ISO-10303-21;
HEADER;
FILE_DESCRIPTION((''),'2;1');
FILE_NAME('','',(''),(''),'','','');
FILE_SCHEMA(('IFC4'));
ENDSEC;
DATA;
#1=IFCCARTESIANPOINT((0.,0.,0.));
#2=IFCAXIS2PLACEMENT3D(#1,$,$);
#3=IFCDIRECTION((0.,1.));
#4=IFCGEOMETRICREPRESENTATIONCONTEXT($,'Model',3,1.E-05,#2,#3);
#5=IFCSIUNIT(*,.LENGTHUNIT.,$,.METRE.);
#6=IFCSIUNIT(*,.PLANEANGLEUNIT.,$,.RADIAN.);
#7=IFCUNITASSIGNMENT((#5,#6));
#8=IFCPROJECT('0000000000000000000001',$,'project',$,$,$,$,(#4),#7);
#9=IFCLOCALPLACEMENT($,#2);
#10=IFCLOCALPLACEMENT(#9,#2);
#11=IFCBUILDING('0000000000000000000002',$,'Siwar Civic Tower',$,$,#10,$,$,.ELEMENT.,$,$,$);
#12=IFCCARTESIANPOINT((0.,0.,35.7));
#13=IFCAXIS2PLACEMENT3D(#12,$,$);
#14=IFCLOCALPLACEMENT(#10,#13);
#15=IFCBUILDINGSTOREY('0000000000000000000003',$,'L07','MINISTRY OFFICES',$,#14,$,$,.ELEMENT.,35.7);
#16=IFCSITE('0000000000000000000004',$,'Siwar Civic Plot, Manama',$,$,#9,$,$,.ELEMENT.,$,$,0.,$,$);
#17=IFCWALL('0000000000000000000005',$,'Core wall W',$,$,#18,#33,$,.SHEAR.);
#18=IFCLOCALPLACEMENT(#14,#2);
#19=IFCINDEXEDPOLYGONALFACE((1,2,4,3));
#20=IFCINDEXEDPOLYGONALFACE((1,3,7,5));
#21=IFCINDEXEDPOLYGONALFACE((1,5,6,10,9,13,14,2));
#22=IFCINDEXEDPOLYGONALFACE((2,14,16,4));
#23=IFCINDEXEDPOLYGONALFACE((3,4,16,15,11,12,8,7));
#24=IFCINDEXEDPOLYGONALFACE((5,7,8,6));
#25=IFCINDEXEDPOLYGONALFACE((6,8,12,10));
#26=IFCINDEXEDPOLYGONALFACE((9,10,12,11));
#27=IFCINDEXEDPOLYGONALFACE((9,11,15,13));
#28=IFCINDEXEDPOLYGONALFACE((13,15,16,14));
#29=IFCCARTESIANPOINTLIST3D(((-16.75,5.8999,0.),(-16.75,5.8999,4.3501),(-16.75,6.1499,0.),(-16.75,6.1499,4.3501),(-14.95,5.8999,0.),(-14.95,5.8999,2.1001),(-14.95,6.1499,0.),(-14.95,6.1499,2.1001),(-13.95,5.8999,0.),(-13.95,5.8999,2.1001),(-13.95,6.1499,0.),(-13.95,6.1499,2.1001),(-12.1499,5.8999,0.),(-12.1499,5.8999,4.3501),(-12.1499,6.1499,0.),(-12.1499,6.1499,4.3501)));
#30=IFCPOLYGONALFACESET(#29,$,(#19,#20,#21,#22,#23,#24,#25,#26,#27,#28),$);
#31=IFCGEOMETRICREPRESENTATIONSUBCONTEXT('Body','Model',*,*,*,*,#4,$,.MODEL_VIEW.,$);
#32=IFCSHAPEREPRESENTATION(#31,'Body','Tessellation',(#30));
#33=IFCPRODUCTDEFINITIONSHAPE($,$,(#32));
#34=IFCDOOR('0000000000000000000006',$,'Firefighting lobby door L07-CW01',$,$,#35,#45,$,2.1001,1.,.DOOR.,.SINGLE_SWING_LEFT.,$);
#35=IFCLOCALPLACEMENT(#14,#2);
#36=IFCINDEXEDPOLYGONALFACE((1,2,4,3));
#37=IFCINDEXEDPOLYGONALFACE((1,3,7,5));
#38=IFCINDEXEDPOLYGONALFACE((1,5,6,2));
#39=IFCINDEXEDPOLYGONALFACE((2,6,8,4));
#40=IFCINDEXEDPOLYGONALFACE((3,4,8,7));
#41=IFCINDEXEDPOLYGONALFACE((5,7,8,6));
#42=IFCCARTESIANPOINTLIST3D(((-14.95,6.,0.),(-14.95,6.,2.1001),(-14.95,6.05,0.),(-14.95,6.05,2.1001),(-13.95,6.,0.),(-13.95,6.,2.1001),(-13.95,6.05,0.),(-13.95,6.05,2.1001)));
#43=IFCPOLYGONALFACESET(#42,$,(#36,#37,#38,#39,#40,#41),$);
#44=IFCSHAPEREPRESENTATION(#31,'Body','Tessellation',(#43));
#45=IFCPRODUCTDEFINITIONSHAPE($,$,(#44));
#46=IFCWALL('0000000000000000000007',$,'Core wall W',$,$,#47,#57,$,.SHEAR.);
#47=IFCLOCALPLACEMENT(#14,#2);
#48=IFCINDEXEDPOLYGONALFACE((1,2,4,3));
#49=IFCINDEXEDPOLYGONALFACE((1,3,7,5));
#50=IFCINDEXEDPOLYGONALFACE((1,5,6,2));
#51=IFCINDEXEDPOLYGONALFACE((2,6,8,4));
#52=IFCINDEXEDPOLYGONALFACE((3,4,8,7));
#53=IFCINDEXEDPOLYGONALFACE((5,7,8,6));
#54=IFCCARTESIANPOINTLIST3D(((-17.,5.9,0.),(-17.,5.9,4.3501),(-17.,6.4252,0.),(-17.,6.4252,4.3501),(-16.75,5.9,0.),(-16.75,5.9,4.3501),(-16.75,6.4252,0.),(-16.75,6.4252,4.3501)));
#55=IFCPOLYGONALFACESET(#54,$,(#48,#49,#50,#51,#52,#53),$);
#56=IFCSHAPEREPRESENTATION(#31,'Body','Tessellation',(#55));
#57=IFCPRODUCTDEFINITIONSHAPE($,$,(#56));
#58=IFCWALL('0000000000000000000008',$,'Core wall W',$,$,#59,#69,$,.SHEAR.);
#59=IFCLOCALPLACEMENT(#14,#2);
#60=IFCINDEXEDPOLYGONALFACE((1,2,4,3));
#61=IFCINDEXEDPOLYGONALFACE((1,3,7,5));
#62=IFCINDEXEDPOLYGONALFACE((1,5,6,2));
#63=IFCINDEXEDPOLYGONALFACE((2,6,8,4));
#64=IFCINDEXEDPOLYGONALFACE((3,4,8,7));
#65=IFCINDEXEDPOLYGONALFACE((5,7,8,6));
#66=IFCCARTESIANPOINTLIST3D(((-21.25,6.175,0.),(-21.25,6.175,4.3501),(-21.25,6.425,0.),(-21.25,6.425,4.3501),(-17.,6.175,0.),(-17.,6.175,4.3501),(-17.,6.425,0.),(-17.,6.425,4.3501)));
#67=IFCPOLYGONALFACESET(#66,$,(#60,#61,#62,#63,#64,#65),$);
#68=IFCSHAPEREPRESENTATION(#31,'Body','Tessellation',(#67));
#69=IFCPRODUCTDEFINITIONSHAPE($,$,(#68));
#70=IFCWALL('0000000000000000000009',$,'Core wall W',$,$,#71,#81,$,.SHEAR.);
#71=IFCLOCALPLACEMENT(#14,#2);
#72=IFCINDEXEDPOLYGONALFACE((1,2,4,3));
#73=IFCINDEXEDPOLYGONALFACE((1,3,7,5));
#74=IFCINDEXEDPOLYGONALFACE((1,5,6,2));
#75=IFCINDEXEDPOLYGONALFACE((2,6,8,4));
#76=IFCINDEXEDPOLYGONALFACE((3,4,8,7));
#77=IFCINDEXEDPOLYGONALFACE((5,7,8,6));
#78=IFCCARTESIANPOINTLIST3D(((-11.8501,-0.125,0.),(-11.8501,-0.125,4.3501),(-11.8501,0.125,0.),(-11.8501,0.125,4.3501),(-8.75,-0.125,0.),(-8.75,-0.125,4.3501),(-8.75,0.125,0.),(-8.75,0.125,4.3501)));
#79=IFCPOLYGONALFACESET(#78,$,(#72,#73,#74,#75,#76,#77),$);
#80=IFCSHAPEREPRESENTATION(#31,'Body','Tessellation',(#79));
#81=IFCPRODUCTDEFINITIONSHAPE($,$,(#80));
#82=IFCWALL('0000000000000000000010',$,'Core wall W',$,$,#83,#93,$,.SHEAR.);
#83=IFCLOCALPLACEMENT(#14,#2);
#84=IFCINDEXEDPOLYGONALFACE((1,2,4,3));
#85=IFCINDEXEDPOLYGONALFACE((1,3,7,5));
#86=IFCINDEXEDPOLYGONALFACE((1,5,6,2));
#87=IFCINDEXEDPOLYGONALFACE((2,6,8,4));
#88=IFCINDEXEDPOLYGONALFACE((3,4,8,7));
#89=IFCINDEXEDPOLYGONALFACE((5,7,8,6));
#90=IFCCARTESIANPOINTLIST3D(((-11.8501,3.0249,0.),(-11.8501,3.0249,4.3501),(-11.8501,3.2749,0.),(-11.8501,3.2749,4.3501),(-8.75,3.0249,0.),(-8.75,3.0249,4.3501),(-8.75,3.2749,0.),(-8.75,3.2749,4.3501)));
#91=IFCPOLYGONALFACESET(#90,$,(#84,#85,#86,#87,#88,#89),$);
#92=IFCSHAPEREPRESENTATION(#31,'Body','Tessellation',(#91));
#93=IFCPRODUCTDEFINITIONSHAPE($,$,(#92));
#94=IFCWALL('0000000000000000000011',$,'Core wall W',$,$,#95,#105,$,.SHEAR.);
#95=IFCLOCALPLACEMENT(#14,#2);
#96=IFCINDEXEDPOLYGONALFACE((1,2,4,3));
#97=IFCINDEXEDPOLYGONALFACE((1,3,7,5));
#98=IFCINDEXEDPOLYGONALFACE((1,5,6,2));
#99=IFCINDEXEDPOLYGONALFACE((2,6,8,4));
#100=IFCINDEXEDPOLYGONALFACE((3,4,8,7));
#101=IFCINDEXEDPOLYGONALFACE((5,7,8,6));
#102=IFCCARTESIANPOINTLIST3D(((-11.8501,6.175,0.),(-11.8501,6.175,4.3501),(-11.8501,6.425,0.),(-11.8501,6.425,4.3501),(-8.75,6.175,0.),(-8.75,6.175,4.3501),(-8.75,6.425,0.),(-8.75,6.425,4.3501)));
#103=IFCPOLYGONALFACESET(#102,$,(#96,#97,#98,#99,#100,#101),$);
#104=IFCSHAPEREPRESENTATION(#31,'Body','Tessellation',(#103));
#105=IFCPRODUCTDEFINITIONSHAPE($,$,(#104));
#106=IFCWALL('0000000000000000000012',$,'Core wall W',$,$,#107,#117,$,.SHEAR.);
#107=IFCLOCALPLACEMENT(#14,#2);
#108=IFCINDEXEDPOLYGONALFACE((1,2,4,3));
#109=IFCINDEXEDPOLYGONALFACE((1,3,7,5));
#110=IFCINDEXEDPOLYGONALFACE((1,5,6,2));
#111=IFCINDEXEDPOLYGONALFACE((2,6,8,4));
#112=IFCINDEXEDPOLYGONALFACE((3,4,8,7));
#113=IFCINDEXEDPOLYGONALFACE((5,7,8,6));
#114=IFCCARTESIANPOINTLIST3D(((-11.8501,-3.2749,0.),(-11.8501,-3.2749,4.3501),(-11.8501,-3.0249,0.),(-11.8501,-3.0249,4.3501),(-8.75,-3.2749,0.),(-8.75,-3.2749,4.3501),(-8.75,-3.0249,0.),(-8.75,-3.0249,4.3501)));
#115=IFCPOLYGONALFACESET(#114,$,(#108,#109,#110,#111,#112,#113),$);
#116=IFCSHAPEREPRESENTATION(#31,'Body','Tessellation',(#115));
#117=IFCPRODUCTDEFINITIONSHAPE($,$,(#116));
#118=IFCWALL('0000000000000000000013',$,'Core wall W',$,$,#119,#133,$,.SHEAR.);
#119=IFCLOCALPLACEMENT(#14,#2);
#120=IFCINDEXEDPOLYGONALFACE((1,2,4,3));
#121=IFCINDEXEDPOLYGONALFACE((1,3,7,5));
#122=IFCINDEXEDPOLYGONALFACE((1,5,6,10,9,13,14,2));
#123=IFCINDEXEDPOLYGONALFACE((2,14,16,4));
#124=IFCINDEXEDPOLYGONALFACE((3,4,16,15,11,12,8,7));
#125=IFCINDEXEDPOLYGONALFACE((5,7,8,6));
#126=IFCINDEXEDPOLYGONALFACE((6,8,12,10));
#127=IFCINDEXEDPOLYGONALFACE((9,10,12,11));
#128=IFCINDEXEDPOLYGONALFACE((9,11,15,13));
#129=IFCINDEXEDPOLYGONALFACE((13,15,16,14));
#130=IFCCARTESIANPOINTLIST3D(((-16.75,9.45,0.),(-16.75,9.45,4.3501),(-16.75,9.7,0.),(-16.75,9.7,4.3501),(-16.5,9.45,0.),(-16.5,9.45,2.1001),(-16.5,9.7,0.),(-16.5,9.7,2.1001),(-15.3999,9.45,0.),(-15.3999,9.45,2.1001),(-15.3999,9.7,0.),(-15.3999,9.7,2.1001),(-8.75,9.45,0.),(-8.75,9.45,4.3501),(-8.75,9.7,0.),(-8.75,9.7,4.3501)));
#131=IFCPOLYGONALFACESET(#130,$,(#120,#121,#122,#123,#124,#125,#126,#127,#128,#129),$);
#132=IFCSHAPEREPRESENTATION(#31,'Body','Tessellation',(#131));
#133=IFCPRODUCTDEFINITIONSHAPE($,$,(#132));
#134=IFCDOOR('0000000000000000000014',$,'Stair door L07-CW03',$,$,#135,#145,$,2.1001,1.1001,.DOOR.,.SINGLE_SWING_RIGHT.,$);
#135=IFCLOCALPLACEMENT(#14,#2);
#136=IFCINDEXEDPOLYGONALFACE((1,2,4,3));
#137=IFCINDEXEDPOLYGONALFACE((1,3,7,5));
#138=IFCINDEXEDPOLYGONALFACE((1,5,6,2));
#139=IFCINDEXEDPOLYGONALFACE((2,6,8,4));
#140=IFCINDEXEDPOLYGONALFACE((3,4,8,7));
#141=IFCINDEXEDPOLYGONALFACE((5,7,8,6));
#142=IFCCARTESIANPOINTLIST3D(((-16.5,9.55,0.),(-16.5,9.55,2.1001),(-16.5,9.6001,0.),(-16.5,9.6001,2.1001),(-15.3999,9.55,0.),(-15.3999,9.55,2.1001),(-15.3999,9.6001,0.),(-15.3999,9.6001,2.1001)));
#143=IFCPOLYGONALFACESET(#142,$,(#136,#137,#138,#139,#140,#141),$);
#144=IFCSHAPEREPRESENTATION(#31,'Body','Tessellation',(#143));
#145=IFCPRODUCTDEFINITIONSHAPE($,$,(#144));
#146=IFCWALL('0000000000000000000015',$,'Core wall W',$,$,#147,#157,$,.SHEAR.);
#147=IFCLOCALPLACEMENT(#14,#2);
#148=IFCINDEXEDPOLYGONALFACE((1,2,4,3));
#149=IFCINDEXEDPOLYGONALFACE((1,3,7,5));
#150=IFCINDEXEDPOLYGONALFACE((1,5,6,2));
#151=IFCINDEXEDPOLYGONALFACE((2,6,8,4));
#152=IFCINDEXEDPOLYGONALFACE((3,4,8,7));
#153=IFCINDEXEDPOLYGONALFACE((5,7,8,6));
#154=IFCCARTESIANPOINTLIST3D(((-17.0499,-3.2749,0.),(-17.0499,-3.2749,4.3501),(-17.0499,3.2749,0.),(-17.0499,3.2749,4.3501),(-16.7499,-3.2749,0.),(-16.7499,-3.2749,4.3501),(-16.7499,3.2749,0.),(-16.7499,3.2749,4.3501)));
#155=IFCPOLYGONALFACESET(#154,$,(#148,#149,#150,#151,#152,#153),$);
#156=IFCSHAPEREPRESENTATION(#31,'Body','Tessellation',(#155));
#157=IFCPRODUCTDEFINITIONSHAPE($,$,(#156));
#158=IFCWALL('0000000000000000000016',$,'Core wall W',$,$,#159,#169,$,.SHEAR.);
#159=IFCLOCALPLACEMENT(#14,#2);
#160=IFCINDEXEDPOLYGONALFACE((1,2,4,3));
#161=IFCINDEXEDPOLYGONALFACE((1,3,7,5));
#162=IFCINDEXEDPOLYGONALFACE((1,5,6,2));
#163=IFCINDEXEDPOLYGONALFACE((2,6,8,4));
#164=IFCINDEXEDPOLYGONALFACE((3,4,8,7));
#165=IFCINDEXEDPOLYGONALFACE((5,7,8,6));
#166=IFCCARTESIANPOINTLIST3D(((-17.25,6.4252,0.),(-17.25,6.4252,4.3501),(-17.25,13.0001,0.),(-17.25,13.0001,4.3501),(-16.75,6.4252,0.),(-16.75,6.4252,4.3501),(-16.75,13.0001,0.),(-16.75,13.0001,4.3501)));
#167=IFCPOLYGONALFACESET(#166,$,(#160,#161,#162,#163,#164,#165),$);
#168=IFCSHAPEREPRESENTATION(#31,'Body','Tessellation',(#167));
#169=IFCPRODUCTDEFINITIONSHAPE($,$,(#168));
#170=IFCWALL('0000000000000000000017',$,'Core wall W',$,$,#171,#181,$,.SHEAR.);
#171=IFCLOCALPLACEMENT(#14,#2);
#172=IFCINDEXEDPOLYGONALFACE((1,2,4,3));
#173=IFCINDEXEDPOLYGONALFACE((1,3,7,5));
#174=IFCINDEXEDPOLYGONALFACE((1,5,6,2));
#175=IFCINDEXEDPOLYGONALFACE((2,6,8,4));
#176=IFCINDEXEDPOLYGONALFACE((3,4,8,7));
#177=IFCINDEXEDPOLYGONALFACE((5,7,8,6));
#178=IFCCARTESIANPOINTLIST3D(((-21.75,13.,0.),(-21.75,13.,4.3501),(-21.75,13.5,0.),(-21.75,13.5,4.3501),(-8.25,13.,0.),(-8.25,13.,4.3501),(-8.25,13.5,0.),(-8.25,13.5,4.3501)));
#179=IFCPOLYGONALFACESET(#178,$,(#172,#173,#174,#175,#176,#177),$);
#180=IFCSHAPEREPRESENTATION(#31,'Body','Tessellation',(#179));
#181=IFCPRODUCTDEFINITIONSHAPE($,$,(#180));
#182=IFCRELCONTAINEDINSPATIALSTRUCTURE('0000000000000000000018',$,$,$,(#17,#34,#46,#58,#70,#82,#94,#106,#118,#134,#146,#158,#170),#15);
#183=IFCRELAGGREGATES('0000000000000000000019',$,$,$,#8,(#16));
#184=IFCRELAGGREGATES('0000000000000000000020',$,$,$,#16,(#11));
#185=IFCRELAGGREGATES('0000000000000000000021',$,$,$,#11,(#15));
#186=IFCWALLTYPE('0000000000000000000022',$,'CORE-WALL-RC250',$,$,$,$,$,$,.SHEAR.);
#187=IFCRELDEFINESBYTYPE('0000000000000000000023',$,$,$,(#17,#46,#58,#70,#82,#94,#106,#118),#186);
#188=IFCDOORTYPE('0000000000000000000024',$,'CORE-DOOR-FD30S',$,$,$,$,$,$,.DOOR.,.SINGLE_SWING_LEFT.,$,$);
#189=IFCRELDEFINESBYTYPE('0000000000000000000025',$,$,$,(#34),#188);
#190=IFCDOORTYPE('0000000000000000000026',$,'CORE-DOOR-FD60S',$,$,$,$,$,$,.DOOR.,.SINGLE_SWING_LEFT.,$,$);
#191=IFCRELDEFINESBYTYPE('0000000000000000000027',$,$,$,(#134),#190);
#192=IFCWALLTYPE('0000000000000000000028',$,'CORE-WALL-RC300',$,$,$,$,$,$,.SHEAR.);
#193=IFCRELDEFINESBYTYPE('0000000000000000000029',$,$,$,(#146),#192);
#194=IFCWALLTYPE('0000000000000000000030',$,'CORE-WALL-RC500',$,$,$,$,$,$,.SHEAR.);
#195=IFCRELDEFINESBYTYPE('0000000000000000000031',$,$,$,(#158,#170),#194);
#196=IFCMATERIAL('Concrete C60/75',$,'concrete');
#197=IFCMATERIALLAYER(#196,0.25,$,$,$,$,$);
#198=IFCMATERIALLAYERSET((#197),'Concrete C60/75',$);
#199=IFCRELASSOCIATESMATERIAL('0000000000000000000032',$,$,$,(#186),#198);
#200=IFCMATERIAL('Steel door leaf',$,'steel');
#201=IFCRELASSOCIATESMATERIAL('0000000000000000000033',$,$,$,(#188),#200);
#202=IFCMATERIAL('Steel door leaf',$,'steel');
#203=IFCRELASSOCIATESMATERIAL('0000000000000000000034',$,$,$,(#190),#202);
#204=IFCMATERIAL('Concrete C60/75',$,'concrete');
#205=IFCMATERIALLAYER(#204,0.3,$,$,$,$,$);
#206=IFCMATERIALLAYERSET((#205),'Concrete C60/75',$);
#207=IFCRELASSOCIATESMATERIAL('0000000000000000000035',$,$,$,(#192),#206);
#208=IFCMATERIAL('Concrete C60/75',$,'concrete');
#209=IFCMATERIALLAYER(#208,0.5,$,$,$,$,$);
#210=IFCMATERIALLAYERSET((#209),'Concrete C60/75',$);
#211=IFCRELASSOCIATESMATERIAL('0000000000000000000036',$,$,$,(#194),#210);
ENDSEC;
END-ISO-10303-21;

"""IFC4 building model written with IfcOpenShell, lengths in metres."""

from ifc_helpers import new_model, si_unit, direction, frame, frame_2d, origin, place, context, subcontext, project, spatial, rectangle, extrude, material, layer, layer_set, type_object, element, fill, save


model = new_model("IFC4")

# Units and contexts
model_context = context("Model", 3, precision=1e-05, world=origin(), true_north=direction((0.0, 1.0)))
body_context = subcontext(model_context, "Body", "Model", "MODEL_VIEW")
ifc_project = project(units=[si_unit("LENGTHUNIT", "METRE"), si_unit("PLANEANGLEUNIT", "RADIAN")], contexts=[model_context])

# Site, building, storey
site_placement = place(None, origin())
site = spatial("IfcSite", under=ifc_project, at=site_placement, Name="Siwar Civic Plot, Manama", CompositionType="ELEMENT", RefElevation=0.0)
building_placement = place(site_placement, origin())
building = spatial("IfcBuilding", under=site, at=building_placement, Name="Siwar Civic Tower", CompositionType="ELEMENT")
storey_placement = place(building_placement, frame((0.0, 0.0, 35.7)))
storey = spatial("IfcBuildingStorey", under=building, at=storey_placement, Name="L07", Description="MINISTRY OFFICES", CompositionType="ELEMENT", Elevation=35.7)

# Wall, opening, door
ifc_material_1 = material(Name="Concrete C60/75", Category="concrete")
ifc_layer_1 = layer(ifc_material_1, 0.25)
ifc_layer_set_1 = layer_set([ifc_layer_1], Name="Concrete C60/75")
wall_type_1 = type_object("IfcWallType", Name="CORE-WALL-RC250", PredefinedType="SHEAR", material=ifc_layer_set_1)
wall_1_placement = place(storey_placement, frame((-12.1499, 6.0249, 0.0), z_axis=(0.0, 0.0, 1.0), x_axis=(-1.0, 0.0, 0.0)))
wall_1 = element("IfcWall", 1, at=wall_1_placement, inside=storey, type_object=wall_type_1, Name="Core wall W", PredefinedType="SHEAR", context=body_context, shape_type="SweptSolid", body=[
    extrude(rectangle(XDim=4.6001, YDim=0.25, at=frame_2d((2.3, 0.0))), origin(), (0.0, 0.0, 1.0), 4.3501),
])
opening_1_placement = place(wall_1_placement, frame((1.8, 0.0, 0.0)))
opening_1 = element("IfcOpeningElement", 2, at=opening_1_placement, cuts=wall_1, PredefinedType="OPENING", context=body_context, shape_type="SweptSolid", body=[
    extrude(rectangle(XDim=1.0, YDim=2.1001, at=frame_2d((0.5, 1.05))), frame((0.0, 0.135, 0.0), z_axis=(0.0, -1.0, 0.0), x_axis=(1.0, 0.0, 0.0)), (0.0, 0.0, 1.0), 0.27),
])
ifc_material_2 = material(Name="Steel door leaf", Category="steel")
door_type_1 = type_object("IfcDoorType", Name="CORE-DOOR-FD30S", OperationType="SINGLE_SWING_LEFT", PredefinedType="DOOR", material=ifc_material_2)
door_1_placement = place(opening_1_placement, origin())
door_1 = element("IfcDoor", 3, at=door_1_placement, inside=storey, type_object=door_type_1, Name="Firefighting lobby door L07-CW01", OperationType="SINGLE_SWING_LEFT", OverallHeight=2.1001, OverallWidth=1.0, PredefinedType="DOOR", context=body_context, shape_type="SweptSolid", body=[
    extrude(rectangle(XDim=1.0, YDim=2.1001, at=frame_2d((0.5, 1.05))), frame((0.0, 0.0249, 0.0), z_axis=(0.0, -1.0, 0.0), x_axis=(1.0, 0.0, 0.0)), (0.0, 0.0, 1.0), 0.05),
])
fill(opening_1, door_1)

# Walls
wall_2_placement = place(storey_placement, frame((-16.875, 5.8999, 0.0), z_axis=(0.0, 0.0, 1.0), x_axis=(0.0, 1.0, 0.0)))
element("IfcWall", 4, at=wall_2_placement, inside=storey, type_object=wall_type_1, Name="Core wall W", PredefinedType="SHEAR", context=body_context, shape_type="SweptSolid", body=[
    extrude(rectangle(XDim=0.5251, YDim=0.25, at=frame_2d((0.2627, 0.0))), origin(), (0.0, 0.0, 1.0), 4.3501),
])
wall_3_placement = place(storey_placement, frame((-17.0, 6.3, 0.0), z_axis=(0.0, 0.0, 1.0), x_axis=(-1.0, 0.0, 0.0)))
element("IfcWall", 5, at=wall_3_placement, inside=storey, type_object=wall_type_1, Name="Core wall W", PredefinedType="SHEAR", context=body_context, shape_type="SweptSolid", body=[
    extrude(rectangle(XDim=4.25, YDim=0.25, at=frame_2d((2.125, 0.0))), origin(), (0.0, 0.0, 1.0), 4.3501),
])
for number, where, z_axis, x_axis, name in (
    (6, (-8.75, 0.0, 0.0), (0.0, 0.0, 1.0), (-1.0, 0.0, 0.0), "Core wall W"),
    (7, (-8.75, 3.1499, 0.0), (0.0, 0.0, 1.0), (-1.0, 0.0, 0.0), "Core wall W"),
    (8, (-8.75, 6.3, 0.0), (0.0, 0.0, 1.0), (-1.0, 0.0, 0.0), "Core wall W"),
    (9, (-8.75, -3.1499, 0.0), (0.0, 0.0, 1.0), (-1.0, 0.0, 0.0), "Core wall W"),
):
    element("IfcWall", number, at=place(storey_placement, frame(where, z_axis=z_axis, x_axis=x_axis)), inside=storey, type_object=wall_type_1, Name=name, PredefinedType="SHEAR", context=body_context, shape_type="SweptSolid", body=[
        extrude(rectangle(XDim=3.1001, YDim=0.25, at=frame_2d((1.55, 0.0))), origin(), (0.0, 0.0, 1.0), 4.3501),
    ])

# Wall, opening, door
wall_4_placement = place(storey_placement, frame((-8.75, 9.575, 0.0), z_axis=(0.0, 0.0, 1.0), x_axis=(-1.0, 0.0, 0.0)))
wall_4 = element("IfcWall", 10, at=wall_4_placement, inside=storey, type_object=wall_type_1, Name="Core wall W", PredefinedType="SHEAR", context=body_context, shape_type="SweptSolid", body=[
    extrude(rectangle(XDim=8.0, YDim=0.25, at=frame_2d((4.0, 0.0))), origin(), (0.0, 0.0, 1.0), 4.3501),
])
opening_2_placement = place(wall_4_placement, frame((6.6499, 0.0, 0.0)))
opening_2 = element("IfcOpeningElement", 11, at=opening_2_placement, cuts=wall_4, PredefinedType="OPENING", context=body_context, shape_type="SweptSolid", body=[
    extrude(rectangle(XDim=1.1001, YDim=2.1001, at=frame_2d((0.55, 1.05))), frame((0.0, 0.135, 0.0), z_axis=(0.0, -1.0, 0.0), x_axis=(1.0, 0.0, 0.0)), (0.0, 0.0, 1.0), 0.27),
])
ifc_material_3 = material(Name="Steel door leaf", Category="steel")
door_type_2 = type_object("IfcDoorType", Name="CORE-DOOR-FD60S", OperationType="SINGLE_SWING_LEFT", PredefinedType="DOOR", material=ifc_material_3)
door_2_placement = place(opening_2_placement, origin())
door_2 = element("IfcDoor", 12, at=door_2_placement, inside=storey, type_object=door_type_2, Name="Stair door L07-CW03", OperationType="SINGLE_SWING_RIGHT", OverallHeight=2.1001, OverallWidth=1.1001, PredefinedType="DOOR", context=body_context, shape_type="SweptSolid", body=[
    extrude(rectangle(XDim=1.1001, YDim=2.1001, at=frame_2d((0.55, 1.05))), frame((0.0, 0.0249, 0.0), z_axis=(0.0, -1.0, 0.0), x_axis=(1.0, 0.0, 0.0)), (0.0, 0.0, 1.0), 0.05),
])
fill(opening_2, door_2)

# Walls
ifc_material_4 = material(Name="Concrete C60/75", Category="concrete")
ifc_layer_2 = layer(ifc_material_4, 0.3)
ifc_layer_set_2 = layer_set([ifc_layer_2], Name="Concrete C60/75")
wall_type_2 = type_object("IfcWallType", Name="CORE-WALL-RC300", PredefinedType="SHEAR", material=ifc_layer_set_2)
wall_5_placement = place(storey_placement, frame((-16.8999, -3.2749, 0.0), z_axis=(0.0, 0.0, 1.0), x_axis=(0.0, 1.0, 0.0)))
element("IfcWall", 13, at=wall_5_placement, inside=storey, type_object=wall_type_2, Name="Core wall W", PredefinedType="SHEAR", context=body_context, shape_type="SweptSolid", body=[
    extrude(rectangle(XDim=6.5498, YDim=0.3, at=frame_2d((3.2749, 0.0))), origin(), (0.0, 0.0, 1.0), 4.3501),
])
ifc_material_5 = material(Name="Concrete C60/75", Category="concrete")
ifc_layer_3 = layer(ifc_material_5, 0.5)
ifc_layer_set_3 = layer_set([ifc_layer_3], Name="Concrete C60/75")
wall_type_3 = type_object("IfcWallType", Name="CORE-WALL-RC500", PredefinedType="SHEAR", material=ifc_layer_set_3)
wall_6_placement = place(storey_placement, frame((-17.0, 6.425, 0.0), z_axis=(0.0, 0.0, 1.0), x_axis=(0.0, 1.0, 0.0)))
element("IfcWall", 14, at=wall_6_placement, inside=storey, type_object=wall_type_3, Name="Core wall W", PredefinedType="SHEAR", context=body_context, shape_type="SweptSolid", body=[
    extrude(rectangle(XDim=6.575, YDim=0.5, at=frame_2d((3.2876, 0.0))), origin(), (0.0, 0.0, 1.0), 4.3501),
])
wall_7_placement = place(storey_placement, frame((-8.25, 13.25, 0.0), z_axis=(0.0, 0.0, 1.0), x_axis=(-1.0, 0.0, 0.0)))
element("IfcWall", 15, at=wall_7_placement, inside=storey, type_object=wall_type_3, Name="Core wall W", PredefinedType="SHEAR", context=body_context, shape_type="SweptSolid", body=[
    extrude(rectangle(XDim=13.5, YDim=0.5, at=frame_2d((6.75, 0.0))), origin(), (0.0, 0.0, 1.0), 4.3501),
])

save(model, "model.ifc")
